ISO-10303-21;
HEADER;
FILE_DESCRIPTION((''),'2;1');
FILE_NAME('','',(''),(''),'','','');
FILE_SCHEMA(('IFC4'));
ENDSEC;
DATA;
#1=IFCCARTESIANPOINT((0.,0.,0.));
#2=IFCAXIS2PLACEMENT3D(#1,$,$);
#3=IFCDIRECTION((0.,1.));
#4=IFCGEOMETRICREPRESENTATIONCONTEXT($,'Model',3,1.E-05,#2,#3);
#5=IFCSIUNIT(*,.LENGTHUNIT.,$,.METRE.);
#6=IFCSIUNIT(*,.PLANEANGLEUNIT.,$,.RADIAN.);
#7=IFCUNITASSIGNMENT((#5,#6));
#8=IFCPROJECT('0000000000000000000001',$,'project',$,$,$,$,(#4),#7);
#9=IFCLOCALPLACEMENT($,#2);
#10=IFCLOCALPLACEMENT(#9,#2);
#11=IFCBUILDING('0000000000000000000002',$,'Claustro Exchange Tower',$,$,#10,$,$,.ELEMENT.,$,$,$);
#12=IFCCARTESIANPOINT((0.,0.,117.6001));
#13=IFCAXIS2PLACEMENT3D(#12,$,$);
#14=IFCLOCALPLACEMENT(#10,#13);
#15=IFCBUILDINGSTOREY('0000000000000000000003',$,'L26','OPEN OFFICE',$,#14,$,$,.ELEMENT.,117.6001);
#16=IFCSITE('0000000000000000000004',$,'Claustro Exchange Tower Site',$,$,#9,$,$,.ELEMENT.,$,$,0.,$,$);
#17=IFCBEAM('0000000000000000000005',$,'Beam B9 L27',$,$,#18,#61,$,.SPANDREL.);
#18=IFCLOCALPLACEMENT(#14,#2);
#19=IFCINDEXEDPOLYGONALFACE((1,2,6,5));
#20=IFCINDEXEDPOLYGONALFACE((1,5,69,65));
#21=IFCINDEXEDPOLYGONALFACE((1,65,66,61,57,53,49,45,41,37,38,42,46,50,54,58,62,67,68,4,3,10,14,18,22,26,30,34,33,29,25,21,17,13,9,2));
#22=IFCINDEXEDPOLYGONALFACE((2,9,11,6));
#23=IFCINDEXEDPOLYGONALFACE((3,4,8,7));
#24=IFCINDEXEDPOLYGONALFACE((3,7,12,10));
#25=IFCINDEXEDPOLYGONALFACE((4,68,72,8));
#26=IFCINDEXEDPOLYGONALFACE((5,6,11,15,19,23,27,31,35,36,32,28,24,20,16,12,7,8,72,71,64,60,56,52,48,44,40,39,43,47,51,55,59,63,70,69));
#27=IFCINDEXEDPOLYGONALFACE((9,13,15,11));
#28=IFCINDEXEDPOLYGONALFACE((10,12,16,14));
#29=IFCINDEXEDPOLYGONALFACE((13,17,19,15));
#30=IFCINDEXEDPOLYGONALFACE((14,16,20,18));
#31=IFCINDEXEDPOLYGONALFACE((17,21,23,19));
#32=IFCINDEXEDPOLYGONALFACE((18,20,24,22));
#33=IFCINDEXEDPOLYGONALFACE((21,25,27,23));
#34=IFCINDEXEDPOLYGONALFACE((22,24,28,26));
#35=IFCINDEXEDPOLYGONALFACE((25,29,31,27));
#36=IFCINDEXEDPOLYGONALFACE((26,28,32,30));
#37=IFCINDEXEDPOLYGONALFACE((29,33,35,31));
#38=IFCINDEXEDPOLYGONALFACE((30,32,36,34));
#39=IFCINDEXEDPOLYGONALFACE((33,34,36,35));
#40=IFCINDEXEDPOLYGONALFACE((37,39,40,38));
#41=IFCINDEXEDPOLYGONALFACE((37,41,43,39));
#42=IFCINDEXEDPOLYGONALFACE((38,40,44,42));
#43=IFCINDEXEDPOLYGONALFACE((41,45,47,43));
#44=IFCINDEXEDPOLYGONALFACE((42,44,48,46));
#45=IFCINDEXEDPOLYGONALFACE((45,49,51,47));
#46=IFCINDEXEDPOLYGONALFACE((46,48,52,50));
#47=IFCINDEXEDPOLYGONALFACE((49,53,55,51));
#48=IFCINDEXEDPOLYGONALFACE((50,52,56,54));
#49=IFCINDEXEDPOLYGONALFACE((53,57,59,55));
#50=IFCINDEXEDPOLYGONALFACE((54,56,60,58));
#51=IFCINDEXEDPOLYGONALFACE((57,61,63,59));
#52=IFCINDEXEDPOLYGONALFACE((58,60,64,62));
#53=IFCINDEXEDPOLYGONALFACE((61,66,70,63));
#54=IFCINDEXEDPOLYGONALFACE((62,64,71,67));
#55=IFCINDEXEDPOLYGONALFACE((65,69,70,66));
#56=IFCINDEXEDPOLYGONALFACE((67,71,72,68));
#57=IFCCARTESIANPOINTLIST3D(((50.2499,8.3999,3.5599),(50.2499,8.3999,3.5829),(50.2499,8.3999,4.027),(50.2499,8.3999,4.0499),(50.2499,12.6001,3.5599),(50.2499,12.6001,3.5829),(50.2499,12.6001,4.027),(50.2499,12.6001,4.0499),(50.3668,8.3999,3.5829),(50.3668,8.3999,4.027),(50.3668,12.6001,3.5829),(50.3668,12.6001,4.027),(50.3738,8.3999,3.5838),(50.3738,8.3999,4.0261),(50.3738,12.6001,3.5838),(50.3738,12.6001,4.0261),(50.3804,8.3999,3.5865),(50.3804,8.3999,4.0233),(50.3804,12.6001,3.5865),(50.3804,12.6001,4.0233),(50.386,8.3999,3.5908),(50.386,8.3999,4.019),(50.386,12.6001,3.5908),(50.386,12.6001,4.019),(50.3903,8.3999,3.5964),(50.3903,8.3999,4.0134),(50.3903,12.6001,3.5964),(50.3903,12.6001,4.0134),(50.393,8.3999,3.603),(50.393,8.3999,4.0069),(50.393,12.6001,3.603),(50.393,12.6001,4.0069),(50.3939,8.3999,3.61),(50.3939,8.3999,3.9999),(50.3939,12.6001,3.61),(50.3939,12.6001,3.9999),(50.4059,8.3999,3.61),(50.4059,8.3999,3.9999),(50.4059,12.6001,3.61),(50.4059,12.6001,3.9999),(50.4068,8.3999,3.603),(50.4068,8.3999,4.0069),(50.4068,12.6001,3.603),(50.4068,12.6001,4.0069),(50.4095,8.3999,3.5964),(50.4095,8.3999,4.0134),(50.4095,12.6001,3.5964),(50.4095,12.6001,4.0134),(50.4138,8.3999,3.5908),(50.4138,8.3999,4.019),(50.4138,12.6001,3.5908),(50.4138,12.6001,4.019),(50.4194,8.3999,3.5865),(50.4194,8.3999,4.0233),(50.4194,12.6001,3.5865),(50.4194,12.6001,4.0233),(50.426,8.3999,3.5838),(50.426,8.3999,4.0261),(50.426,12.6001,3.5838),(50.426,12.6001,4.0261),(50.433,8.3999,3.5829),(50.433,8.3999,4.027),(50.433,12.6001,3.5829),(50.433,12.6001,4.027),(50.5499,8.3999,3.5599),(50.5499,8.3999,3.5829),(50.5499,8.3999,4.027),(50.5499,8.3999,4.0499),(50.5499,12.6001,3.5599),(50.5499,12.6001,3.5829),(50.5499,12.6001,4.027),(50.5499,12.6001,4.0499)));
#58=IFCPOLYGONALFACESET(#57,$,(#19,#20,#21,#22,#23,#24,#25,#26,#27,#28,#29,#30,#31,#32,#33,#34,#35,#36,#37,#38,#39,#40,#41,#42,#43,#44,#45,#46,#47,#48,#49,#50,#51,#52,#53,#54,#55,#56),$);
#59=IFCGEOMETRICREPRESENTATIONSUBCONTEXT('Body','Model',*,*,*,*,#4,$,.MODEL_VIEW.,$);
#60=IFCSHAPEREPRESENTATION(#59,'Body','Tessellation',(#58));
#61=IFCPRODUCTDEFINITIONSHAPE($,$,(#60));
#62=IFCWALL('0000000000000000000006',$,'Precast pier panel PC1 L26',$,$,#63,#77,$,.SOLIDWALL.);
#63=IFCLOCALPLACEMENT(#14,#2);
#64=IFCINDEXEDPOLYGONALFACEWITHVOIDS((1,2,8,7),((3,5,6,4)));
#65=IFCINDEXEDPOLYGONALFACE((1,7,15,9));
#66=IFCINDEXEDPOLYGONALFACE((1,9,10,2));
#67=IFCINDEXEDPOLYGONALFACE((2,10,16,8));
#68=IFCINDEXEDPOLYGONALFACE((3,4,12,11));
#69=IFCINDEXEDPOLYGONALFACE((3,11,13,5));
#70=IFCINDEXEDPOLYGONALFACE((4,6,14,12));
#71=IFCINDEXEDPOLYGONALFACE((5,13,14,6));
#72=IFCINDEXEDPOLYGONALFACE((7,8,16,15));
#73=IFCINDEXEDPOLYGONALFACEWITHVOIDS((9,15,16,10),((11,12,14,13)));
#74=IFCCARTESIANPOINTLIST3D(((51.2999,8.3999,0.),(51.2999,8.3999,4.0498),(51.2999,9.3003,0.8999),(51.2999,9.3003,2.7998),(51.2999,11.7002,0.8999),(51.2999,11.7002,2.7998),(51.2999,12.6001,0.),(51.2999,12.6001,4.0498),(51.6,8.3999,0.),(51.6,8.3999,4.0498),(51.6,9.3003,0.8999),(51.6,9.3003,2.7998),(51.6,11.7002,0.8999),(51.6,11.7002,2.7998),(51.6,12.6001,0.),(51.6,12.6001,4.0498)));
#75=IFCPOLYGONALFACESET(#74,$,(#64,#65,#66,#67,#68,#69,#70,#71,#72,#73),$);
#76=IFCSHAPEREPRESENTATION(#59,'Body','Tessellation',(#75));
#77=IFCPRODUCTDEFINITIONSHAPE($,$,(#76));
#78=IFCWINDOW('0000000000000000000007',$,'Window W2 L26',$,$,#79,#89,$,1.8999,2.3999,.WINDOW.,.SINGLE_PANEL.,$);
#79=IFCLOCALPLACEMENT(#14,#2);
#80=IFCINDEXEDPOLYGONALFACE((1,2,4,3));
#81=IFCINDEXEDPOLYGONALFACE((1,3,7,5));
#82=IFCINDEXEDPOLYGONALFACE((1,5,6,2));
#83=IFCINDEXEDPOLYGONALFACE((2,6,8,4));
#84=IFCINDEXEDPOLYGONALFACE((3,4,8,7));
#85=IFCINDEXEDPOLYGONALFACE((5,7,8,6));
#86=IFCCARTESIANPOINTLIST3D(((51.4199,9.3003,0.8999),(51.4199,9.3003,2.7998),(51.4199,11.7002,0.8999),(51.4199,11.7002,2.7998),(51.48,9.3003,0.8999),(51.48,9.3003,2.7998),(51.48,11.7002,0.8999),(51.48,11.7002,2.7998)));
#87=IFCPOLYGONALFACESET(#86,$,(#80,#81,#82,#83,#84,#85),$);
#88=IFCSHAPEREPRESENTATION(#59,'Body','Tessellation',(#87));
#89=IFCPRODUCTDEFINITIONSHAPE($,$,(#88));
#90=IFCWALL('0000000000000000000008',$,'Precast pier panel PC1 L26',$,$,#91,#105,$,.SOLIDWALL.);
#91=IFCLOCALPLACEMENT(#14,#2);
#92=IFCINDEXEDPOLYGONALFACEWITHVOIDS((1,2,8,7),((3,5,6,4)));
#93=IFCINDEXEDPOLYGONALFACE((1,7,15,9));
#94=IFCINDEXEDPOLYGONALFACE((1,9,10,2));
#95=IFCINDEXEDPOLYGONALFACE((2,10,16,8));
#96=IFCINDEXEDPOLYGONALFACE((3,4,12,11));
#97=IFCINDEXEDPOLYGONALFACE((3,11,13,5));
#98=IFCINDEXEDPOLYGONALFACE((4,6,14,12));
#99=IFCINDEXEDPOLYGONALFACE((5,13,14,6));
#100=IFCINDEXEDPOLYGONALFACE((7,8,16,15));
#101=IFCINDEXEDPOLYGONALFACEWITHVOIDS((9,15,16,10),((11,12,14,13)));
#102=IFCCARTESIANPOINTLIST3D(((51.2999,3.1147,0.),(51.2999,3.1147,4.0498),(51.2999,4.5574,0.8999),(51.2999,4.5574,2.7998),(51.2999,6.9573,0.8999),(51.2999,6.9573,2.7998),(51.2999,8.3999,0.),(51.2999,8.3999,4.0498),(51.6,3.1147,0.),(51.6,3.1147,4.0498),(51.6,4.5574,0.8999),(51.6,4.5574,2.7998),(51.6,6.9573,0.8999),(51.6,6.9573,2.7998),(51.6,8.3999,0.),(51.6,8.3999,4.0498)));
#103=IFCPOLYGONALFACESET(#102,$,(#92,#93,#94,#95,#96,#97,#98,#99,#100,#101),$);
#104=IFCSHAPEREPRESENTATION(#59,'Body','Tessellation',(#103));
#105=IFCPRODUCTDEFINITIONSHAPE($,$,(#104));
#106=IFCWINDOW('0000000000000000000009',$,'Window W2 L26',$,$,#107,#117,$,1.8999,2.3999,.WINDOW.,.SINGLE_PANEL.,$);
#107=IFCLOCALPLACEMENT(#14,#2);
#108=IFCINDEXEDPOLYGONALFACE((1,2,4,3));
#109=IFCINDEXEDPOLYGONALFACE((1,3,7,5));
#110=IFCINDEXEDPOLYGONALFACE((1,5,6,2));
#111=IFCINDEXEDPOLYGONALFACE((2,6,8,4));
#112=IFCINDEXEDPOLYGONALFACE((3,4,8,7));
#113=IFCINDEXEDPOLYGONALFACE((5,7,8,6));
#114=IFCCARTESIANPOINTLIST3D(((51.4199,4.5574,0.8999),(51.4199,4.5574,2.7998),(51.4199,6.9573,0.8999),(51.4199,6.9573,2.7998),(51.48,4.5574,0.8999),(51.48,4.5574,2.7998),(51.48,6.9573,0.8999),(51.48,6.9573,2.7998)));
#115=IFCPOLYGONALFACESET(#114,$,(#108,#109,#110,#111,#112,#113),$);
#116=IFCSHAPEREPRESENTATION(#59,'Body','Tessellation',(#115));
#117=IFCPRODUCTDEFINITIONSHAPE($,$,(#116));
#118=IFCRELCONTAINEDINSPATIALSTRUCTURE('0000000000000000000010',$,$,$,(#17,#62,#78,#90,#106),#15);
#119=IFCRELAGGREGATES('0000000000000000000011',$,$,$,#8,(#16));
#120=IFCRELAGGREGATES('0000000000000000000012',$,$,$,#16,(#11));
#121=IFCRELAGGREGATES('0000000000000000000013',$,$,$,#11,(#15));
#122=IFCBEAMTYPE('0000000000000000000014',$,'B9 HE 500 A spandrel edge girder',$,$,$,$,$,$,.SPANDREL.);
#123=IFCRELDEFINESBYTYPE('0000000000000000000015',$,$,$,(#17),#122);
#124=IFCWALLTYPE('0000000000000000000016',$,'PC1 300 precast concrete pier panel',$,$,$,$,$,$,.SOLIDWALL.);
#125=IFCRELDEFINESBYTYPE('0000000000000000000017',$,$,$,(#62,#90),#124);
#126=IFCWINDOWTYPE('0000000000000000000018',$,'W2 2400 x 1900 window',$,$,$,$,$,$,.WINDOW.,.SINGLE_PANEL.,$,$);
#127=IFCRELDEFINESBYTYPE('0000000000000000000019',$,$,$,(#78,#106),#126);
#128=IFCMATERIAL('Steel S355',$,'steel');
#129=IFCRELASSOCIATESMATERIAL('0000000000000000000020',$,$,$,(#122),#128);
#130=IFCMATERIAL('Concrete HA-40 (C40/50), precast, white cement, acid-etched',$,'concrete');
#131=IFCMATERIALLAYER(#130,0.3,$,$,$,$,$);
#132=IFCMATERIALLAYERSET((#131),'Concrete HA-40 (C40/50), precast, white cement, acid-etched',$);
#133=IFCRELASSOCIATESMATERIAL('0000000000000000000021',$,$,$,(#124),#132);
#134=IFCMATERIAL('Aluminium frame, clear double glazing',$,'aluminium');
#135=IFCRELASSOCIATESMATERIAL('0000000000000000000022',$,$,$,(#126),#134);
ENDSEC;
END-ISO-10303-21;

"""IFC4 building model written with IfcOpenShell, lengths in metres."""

from ifc_helpers import new_model, si_unit, direction, frame, frame_2d, origin, origin_2d, place, context, subcontext, project, spatial, rectangle, i_section, extrude, material, layer, layer_set, material_profile, profile_set, type_object, element, fill, save


model = new_model("IFC4")

# Units and contexts
model_context = context("Model", 3, precision=1e-05, world=origin(), true_north=direction((0.0, 1.0)))
body_context = subcontext(model_context, "Body", "Model", "MODEL_VIEW")
ifc_project = project(units=[si_unit("LENGTHUNIT", "METRE"), si_unit("PLANEANGLEUNIT", "RADIAN")], contexts=[model_context])

# Site, building, storey
site_placement = place(None, origin())
site = spatial("IfcSite", under=ifc_project, at=site_placement, Name="Claustro Exchange Tower Site", CompositionType="ELEMENT", RefElevation=0.0)
building_placement = place(site_placement, origin())
building = spatial("IfcBuilding", under=site, at=building_placement, Name="Claustro Exchange Tower", CompositionType="ELEMENT")
storey_placement = place(building_placement, frame((0.0, 0.0, 117.6001)))
storey = spatial("IfcBuildingStorey", under=building, at=storey_placement, Name="L26", Description="OPEN OFFICE", CompositionType="ELEMENT", Elevation=117.6001)

# Beam
ifc_material_1 = material(Name="Steel S355", Category="steel")
ifc_material_profile_1 = material_profile(ifc_material_1, i_section(OverallWidth=0.3, OverallDepth=0.49, WebThickness=0.012, FlangeThickness=0.0229, FilletRadius=0.0271, at=origin_2d()), Name="HE 500 A")
ifc_profile_set_1 = profile_set([ifc_material_profile_1], Name="Steel S355")
beam_type_1 = type_object("IfcBeamType", Name="B9 HE 500 A spandrel edge girder", PredefinedType="SPANDREL", material=ifc_profile_set_1)
beam_1_placement = place(storey_placement, frame((50.3999, 8.3999, 3.8049), z_axis=(0.0, 1.0, 0.0), x_axis=(-1.0, 0.0, 0.0)))
element("IfcBeam", 1, at=beam_1_placement, inside=storey, type_object=beam_type_1, Name="Beam B9 L27", PredefinedType="SPANDREL", context=body_context, shape_type="SweptSolid", body=[
    extrude(i_section(OverallWidth=0.3, OverallDepth=0.49, WebThickness=0.012, FlangeThickness=0.0229, FilletRadius=0.0271, at=origin_2d()), origin(), (0.0, 0.0, 1.0), 4.2002),
])

# Walls, openings, windows
ifc_material_2 = material(Name="Concrete HA-40 (C40/50), precast, white cement, acid-etched", Category="concrete")
ifc_layer_1 = layer(ifc_material_2, 0.3)
ifc_layer_set_1 = layer_set([ifc_layer_1], Name="Concrete HA-40 (C40/50), precast, white cement, acid-etched")
wall_type_1 = type_object("IfcWallType", Name="PC1 300 precast concrete pier panel", PredefinedType="SOLIDWALL", material=ifc_layer_set_1)
wall_1_placement = place(storey_placement, frame((51.45, 12.6001, 0.0), z_axis=(0.0, 0.0, 1.0), x_axis=(0.0, -1.0, 0.0)))
wall_1 = element("IfcWall", 2, at=wall_1_placement, inside=storey, type_object=wall_type_1, Name="Precast pier panel PC1 L26", PredefinedType="SOLIDWALL", context=body_context, shape_type="SweptSolid", body=[
    extrude(rectangle(XDim=4.2002, YDim=0.3, at=frame_2d((2.1001, 0.0))), origin(), (0.0, 0.0, 1.0), 4.0498),
])
opening_1_placement = place(wall_1_placement, frame((0.8999, 0.0, 0.8999)))
opening_1 = element("IfcOpeningElement", 3, at=opening_1_placement, cuts=wall_1, PredefinedType="OPENING", context=body_context, shape_type="SweptSolid", body=[
    extrude(rectangle(XDim=2.3999, YDim=1.8999, at=frame_2d((1.2, 0.95))), frame((0.0, 0.1599, 0.0), z_axis=(0.0, -1.0, 0.0), x_axis=(1.0, 0.0, 0.0)), (0.0, 0.0, 1.0), 0.3201),
])
ifc_material_3 = material(Name="Aluminium frame, clear double glazing", Category="aluminium")
window_type = type_object("IfcWindowType", Name="W2 2400 x 1900 window", PartitioningType="SINGLE_PANEL", PredefinedType="WINDOW", material=ifc_material_3)
window_1_placement = place(opening_1_placement, origin())
window_1 = element("IfcWindow", 4, at=window_1_placement, inside=storey, type_object=window_type, Name="Window W2 L26", OverallHeight=1.8999, OverallWidth=2.3999, PartitioningType="SINGLE_PANEL", PredefinedType="WINDOW", context=body_context, shape_type="SweptSolid", body=[
    extrude(rectangle(XDim=2.3999, YDim=1.8999, at=frame_2d((1.2, 0.95))), frame((0.0, 0.03, 0.0), z_axis=(0.0, -1.0, 0.0), x_axis=(1.0, 0.0, 0.0)), (0.0, 0.0, 1.0), 0.0601),
])
fill(opening_1, window_1)
wall_2_placement = place(storey_placement, frame((51.45, 8.3999, 0.0), z_axis=(0.0, 0.0, 1.0), x_axis=(0.0, -1.0, 0.0)))
wall_2 = element("IfcWall", 5, at=wall_2_placement, inside=storey, type_object=wall_type_1, Name="Precast pier panel PC1 L26", PredefinedType="SOLIDWALL", context=body_context, shape_type="SweptSolid", body=[
    extrude(rectangle(XDim=5.2852, YDim=0.3, at=frame_2d((2.6426, 0.0))), origin(), (0.0, 0.0, 1.0), 4.0498),
])
opening_2_placement = place(wall_2_placement, frame((1.4426, 0.0, 0.8999)))
opening_2 = element("IfcOpeningElement", 6, at=opening_2_placement, cuts=wall_2, PredefinedType="OPENING", context=body_context, shape_type="SweptSolid", body=[
    extrude(rectangle(XDim=2.3999, YDim=1.8999, at=frame_2d((1.2, 0.95))), frame((0.0, 0.1599, 0.0), z_axis=(0.0, -1.0, 0.0), x_axis=(1.0, 0.0, 0.0)), (0.0, 0.0, 1.0), 0.3201),
])
window_2_placement = place(opening_2_placement, origin())
window_2 = element("IfcWindow", 7, at=window_2_placement, inside=storey, type_object=window_type, Name="Window W2 L26", OverallHeight=1.8999, OverallWidth=2.3999, PartitioningType="SINGLE_PANEL", PredefinedType="WINDOW", context=body_context, shape_type="SweptSolid", body=[
    extrude(rectangle(XDim=2.3999, YDim=1.8999, at=frame_2d((1.2, 0.95))), frame((0.0, 0.03, 0.0), z_axis=(0.0, -1.0, 0.0), x_axis=(1.0, 0.0, 0.0)), (0.0, 0.0, 1.0), 0.0601),
])
fill(opening_2, window_2)

save(model, "model.ifc")
